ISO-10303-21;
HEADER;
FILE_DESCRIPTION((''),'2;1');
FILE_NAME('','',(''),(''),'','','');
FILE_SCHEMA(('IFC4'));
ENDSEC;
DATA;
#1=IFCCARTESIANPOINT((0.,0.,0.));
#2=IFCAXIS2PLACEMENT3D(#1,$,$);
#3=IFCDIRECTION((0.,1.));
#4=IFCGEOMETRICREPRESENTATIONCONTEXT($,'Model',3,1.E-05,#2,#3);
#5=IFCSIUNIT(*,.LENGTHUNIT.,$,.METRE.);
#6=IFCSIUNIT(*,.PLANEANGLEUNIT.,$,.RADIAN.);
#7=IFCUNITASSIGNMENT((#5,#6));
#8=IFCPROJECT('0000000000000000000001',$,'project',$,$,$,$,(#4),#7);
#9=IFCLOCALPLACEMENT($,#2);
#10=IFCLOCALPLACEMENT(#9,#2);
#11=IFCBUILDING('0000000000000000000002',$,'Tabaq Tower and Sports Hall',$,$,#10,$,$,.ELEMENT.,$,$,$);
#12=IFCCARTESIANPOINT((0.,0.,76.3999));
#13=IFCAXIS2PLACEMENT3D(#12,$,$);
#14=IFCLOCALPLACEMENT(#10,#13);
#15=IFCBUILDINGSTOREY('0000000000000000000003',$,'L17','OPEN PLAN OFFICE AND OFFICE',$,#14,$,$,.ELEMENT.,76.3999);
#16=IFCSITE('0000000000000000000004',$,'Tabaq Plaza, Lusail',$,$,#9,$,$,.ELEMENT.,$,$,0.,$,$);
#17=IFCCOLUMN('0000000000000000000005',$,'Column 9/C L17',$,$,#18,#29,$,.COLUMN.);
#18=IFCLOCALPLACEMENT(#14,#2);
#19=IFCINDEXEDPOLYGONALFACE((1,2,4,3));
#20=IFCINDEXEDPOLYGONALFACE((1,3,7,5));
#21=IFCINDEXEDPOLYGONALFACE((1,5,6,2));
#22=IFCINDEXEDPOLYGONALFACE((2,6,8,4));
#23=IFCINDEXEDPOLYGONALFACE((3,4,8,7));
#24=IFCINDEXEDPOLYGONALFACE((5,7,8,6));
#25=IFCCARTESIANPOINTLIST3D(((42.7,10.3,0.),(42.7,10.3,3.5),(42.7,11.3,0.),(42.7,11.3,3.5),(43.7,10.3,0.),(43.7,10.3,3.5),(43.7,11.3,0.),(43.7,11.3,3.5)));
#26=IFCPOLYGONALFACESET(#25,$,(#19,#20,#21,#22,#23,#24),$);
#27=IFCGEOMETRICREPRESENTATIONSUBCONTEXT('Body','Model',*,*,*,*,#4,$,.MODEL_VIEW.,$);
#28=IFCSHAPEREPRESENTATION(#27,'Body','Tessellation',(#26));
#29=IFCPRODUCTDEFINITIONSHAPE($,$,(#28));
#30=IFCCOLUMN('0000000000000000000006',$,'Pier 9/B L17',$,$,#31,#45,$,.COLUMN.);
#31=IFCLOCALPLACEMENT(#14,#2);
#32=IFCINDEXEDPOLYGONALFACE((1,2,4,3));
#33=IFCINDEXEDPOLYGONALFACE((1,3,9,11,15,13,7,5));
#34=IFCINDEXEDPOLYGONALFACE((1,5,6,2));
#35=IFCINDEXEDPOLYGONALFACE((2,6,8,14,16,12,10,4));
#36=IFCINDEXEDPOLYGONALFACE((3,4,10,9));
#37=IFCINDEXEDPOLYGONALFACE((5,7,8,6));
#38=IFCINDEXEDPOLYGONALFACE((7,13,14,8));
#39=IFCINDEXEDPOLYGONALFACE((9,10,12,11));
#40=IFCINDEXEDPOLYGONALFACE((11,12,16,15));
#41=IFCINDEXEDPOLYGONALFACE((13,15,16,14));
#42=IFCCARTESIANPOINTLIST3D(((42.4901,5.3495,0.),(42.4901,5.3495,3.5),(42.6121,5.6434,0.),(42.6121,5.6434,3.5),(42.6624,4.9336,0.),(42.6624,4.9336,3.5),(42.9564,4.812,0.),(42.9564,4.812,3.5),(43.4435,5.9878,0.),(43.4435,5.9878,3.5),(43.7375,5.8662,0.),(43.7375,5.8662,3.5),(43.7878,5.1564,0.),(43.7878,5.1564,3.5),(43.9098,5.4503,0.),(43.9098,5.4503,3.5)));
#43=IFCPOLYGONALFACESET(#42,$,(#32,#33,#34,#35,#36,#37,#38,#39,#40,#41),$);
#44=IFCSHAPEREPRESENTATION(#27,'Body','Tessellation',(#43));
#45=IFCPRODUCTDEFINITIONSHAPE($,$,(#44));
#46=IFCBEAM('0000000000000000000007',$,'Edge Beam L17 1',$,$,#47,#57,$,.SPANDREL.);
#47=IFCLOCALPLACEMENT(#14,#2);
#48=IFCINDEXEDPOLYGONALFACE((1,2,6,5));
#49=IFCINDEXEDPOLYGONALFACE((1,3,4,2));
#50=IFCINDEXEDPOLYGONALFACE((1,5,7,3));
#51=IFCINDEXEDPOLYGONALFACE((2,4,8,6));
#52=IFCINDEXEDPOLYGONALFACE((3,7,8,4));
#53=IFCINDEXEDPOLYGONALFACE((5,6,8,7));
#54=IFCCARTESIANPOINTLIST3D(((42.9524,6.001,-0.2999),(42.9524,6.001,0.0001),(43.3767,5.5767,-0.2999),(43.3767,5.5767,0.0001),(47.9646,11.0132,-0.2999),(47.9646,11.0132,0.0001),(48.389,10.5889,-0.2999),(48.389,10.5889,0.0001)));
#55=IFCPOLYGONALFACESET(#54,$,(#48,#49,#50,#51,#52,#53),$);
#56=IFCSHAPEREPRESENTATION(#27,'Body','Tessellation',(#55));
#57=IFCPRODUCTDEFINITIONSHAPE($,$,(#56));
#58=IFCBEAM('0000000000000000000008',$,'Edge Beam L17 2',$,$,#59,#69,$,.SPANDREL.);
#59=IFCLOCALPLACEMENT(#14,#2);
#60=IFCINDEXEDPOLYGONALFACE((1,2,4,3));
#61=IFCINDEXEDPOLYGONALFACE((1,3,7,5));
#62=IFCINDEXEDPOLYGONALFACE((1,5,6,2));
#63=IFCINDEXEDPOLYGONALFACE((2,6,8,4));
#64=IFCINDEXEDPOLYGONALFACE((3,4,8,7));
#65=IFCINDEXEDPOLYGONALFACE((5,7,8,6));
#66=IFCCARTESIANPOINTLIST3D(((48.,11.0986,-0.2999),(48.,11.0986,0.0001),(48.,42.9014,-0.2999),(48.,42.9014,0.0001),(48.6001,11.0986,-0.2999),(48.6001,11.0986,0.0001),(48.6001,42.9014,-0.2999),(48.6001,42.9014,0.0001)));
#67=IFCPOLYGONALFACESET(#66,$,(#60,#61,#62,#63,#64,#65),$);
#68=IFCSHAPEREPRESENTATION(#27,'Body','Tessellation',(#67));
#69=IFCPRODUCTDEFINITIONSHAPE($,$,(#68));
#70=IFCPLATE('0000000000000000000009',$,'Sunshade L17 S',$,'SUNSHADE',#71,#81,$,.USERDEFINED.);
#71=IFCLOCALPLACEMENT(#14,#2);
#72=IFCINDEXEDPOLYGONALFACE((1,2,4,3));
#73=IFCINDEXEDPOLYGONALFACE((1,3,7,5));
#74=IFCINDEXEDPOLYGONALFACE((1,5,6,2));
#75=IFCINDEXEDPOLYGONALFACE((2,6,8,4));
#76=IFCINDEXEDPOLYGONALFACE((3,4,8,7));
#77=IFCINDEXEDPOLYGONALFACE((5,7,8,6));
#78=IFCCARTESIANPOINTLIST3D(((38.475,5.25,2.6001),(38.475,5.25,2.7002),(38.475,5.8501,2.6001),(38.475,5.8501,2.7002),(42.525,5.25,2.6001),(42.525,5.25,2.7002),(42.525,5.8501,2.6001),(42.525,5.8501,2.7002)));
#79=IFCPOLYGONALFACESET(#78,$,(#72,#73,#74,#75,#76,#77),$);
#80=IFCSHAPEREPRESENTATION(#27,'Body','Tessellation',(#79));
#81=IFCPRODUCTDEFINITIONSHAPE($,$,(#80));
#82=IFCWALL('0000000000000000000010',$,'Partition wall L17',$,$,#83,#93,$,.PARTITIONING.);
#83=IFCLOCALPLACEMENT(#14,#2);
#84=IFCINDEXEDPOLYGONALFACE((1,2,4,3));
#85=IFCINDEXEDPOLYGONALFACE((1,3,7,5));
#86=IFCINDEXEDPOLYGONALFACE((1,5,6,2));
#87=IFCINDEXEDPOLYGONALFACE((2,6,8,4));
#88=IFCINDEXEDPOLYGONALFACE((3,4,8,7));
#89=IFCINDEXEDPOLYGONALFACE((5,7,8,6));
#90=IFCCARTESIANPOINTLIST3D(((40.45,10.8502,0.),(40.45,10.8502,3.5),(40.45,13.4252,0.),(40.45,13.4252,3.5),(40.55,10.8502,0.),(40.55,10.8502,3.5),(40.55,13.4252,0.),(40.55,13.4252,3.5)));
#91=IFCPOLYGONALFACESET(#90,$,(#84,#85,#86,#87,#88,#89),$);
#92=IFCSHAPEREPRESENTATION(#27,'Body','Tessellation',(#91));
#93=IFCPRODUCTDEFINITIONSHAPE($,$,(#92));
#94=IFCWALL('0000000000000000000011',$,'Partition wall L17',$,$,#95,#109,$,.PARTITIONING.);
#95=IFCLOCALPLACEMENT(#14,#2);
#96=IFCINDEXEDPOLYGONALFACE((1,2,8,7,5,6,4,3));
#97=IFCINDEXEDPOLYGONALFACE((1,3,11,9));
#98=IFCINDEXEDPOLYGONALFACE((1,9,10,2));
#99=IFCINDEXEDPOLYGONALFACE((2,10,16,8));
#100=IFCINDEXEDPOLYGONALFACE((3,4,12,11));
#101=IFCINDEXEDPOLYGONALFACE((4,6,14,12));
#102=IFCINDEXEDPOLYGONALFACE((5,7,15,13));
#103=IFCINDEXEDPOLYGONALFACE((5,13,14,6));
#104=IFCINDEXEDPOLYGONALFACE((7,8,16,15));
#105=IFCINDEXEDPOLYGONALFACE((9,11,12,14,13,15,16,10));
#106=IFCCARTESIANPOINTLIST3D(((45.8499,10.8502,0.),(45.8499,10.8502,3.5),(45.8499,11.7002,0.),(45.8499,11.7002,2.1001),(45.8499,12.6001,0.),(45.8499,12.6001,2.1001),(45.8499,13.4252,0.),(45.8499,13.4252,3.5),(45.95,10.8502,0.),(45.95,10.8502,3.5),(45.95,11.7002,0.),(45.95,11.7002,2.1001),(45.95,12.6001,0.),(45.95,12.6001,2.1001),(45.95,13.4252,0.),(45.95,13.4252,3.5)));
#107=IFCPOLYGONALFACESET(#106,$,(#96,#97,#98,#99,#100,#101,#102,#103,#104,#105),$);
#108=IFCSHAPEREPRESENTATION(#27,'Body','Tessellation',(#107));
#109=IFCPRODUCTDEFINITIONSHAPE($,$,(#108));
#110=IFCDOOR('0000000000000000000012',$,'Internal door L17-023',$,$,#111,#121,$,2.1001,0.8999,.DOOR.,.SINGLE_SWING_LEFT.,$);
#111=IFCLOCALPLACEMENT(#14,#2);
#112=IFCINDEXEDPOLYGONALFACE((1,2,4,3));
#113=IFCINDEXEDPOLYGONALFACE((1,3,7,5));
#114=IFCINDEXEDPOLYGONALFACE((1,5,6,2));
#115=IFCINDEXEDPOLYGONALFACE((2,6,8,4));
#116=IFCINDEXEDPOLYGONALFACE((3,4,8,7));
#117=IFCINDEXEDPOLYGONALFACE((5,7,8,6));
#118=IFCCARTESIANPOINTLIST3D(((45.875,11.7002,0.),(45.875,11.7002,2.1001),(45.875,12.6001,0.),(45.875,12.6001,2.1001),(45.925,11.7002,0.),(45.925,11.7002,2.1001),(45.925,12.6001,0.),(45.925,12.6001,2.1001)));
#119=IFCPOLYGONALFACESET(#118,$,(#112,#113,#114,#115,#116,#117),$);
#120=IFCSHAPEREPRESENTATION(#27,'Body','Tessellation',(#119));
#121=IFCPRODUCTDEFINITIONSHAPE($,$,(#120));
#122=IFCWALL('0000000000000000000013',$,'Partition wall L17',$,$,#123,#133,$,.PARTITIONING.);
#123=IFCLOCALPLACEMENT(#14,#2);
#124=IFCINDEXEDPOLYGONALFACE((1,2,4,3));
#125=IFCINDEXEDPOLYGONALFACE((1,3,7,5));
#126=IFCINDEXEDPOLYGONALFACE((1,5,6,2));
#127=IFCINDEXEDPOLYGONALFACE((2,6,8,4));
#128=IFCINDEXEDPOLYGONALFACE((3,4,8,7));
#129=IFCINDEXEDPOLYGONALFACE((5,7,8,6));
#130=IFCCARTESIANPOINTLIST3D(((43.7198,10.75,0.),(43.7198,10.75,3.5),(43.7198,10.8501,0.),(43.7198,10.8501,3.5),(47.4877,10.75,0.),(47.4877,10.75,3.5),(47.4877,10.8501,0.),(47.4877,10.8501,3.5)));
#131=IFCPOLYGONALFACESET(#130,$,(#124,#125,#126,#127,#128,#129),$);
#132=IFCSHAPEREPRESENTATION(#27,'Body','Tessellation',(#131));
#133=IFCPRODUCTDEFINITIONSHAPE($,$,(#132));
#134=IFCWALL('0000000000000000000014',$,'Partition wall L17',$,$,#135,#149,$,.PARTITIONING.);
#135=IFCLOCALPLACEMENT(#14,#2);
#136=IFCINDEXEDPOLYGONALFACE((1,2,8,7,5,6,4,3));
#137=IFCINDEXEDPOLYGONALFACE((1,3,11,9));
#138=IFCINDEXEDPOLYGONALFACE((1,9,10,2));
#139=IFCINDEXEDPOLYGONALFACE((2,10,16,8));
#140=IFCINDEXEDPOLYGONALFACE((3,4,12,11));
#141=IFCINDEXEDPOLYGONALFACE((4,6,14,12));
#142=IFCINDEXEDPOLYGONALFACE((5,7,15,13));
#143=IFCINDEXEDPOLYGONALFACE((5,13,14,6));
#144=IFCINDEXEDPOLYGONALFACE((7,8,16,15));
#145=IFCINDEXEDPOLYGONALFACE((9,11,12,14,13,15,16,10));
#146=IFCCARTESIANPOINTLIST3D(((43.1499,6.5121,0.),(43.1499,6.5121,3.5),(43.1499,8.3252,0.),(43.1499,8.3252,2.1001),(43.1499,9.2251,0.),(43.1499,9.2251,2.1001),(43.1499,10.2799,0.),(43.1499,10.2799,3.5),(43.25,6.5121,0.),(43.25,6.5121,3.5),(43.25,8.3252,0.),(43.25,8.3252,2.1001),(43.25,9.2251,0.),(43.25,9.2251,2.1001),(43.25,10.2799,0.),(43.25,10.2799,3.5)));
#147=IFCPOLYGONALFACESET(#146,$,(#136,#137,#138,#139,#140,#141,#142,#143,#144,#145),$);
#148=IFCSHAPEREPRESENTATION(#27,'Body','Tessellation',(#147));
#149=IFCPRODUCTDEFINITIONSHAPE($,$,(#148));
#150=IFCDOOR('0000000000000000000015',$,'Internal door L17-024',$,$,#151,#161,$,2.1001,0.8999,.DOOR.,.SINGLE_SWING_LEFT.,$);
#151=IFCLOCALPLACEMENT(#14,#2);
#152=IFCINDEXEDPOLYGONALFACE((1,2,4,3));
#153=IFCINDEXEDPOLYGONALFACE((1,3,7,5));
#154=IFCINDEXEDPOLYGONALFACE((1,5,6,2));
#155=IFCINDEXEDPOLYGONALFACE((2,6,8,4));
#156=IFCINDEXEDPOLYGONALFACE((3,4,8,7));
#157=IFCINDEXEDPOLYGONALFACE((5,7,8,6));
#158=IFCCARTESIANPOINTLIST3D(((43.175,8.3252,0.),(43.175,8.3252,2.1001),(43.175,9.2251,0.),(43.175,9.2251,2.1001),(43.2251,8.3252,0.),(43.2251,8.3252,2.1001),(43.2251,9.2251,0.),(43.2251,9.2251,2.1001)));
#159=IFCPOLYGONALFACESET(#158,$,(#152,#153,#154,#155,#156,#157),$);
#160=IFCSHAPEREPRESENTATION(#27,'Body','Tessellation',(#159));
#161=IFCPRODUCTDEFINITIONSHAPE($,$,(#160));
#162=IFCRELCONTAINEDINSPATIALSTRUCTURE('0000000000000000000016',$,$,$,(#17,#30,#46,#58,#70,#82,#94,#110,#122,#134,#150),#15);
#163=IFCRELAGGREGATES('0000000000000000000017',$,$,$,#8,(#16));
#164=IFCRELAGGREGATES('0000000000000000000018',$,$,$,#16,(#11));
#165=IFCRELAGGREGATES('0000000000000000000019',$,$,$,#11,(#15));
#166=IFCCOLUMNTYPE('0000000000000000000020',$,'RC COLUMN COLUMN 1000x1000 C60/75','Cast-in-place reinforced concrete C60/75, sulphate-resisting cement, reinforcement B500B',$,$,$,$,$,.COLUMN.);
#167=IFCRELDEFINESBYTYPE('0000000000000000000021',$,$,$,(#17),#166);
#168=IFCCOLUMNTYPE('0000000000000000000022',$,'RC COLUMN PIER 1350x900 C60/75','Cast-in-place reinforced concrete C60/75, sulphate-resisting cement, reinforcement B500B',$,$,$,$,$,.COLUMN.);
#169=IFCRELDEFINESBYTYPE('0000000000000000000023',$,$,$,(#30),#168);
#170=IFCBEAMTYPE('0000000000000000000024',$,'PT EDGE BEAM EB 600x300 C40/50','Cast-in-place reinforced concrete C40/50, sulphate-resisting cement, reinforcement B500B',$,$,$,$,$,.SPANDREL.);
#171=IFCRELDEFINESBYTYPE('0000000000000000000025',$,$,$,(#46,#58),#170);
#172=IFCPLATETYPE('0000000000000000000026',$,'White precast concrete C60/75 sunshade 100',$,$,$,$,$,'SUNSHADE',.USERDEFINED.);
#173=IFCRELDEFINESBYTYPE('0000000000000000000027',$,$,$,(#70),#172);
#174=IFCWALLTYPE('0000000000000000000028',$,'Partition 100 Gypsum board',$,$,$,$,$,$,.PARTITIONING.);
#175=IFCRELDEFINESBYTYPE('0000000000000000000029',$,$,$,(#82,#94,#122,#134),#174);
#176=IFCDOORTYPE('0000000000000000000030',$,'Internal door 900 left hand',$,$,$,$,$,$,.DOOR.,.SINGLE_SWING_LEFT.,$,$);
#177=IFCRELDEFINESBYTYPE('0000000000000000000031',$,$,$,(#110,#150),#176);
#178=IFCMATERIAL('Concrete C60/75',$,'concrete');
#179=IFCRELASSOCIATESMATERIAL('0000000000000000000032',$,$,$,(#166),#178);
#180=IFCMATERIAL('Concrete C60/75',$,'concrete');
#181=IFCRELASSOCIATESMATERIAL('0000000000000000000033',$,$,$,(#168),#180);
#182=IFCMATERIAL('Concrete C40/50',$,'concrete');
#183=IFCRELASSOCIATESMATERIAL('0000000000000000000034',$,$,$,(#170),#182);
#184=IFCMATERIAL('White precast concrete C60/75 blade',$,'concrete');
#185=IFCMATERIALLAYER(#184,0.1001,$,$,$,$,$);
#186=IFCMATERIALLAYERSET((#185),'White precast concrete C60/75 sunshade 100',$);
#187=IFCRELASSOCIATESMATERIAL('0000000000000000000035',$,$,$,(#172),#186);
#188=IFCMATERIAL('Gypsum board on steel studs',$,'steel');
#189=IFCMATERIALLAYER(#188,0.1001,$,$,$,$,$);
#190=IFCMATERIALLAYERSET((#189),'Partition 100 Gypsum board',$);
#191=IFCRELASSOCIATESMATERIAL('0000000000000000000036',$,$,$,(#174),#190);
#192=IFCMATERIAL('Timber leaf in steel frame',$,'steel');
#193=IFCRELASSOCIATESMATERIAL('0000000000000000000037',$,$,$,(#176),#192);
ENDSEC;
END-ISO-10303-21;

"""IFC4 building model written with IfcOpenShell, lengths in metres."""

from ifc_helpers import new_model, si_unit, direction, frame, frame_2d, origin, origin_2d, place, context, subcontext, project, spatial, polyline, rectangle, outline, extrude, material, layer, layer_set, material_profile, profile_set, type_object, element, fill, save


model = new_model("IFC4")

# Units and contexts
model_context = context("Model", 3, precision=1e-05, world=origin(), true_north=direction((0.0, 1.0)))
body_context = subcontext(model_context, "Body", "Model", "MODEL_VIEW")
ifc_project = project(units=[si_unit("LENGTHUNIT", "METRE"), si_unit("PLANEANGLEUNIT", "RADIAN")], contexts=[model_context])

# Site, building, storey
site_placement = place(None, origin())
site = spatial("IfcSite", under=ifc_project, at=site_placement, Name="Tabaq Plaza, Lusail", CompositionType="ELEMENT", RefElevation=0.0)
building_placement = place(site_placement, origin())
building = spatial("IfcBuilding", under=site, at=building_placement, Name="Tabaq Tower and Sports Hall", CompositionType="ELEMENT")
storey_placement = place(building_placement, frame((0.0, 0.0, 76.3999)))
storey = spatial("IfcBuildingStorey", under=building, at=storey_placement, Name="L17", Description="OPEN PLAN OFFICE AND OFFICE", CompositionType="ELEMENT", Elevation=76.3999)

# Columns
ifc_material_1 = material(Name="Concrete C60/75", Category="concrete")
ifc_material_profile_1 = material_profile(ifc_material_1, rectangle(XDim=1.0, YDim=1.0, at=origin_2d()), Name="COLUMN 1000x1000")
ifc_profile_set_1 = profile_set([ifc_material_profile_1], Name="Concrete C60/75")
column_type_1 = type_object("IfcColumnType", Name="RC COLUMN COLUMN 1000x1000 C60/75", Description="Cast-in-place reinforced concrete C60/75, sulphate-resisting cement, reinforcement B500B", PredefinedType="COLUMN", material=ifc_profile_set_1)
column_1_placement = place(storey_placement, frame((43.2, 10.8, 0.0), z_axis=(0.0, 0.0, 1.0), x_axis=(1.0, 0.0, 0.0)))
element("IfcColumn", 1, at=column_1_placement, inside=storey, type_object=column_type_1, Name="Column 9/C L17", PredefinedType="COLUMN", context=body_context, shape_type="SweptSolid", body=[
    extrude(rectangle(XDim=1.0, YDim=1.0, at=origin_2d()), origin(), (0.0, 0.0, 1.0), 3.5),
])
ifc_material_2 = material(Name="Concrete C60/75", Category="concrete")
ifc_material_profile_2 = material_profile(ifc_material_2, outline(polyline([(-0.45, -0.45), (0.45, -0.45), (0.675, -0.2251), (0.675, 0.2251), (0.45, 0.45), (-0.45, 0.45), (-0.675, 0.2251), (-0.675, -0.2251), (-0.45, -0.45)])), Name="PIER 1350x900")
ifc_profile_set_2 = profile_set([ifc_material_profile_2], Name="Concrete C60/75")
column_type_2 = type_object("IfcColumnType", Name="RC COLUMN PIER 1350x900 C60/75", Description="Cast-in-place reinforced concrete C60/75, sulphate-resisting cement, reinforcement B500B", PredefinedType="COLUMN", material=ifc_profile_set_2)
column_2_placement = place(storey_placement, frame((43.2, 5.3999, 0.0), z_axis=(0.0, 0.0, 1.0), x_axis=(0.92388, 0.382683, 0.0)))
element("IfcColumn", 2, at=column_2_placement, inside=storey, type_object=column_type_2, Name="Pier 9/B L17", PredefinedType="COLUMN", context=body_context, shape_type="SweptSolid", body=[
    extrude(outline(polyline([(-0.45, -0.45), (0.45, -0.45), (0.675, -0.2251), (0.675, 0.2251), (0.45, 0.45), (-0.45, 0.45), (-0.675, 0.2251), (-0.675, -0.2251), (-0.45, -0.45)])), origin(), (0.0, 0.0, 1.0), 3.5),
])

# Beams
ifc_material_3 = material(Name="Concrete C40/50", Category="concrete")
ifc_material_profile_3 = material_profile(ifc_material_3, rectangle(XDim=0.6001, YDim=0.3, at=origin_2d()), Name="EB 600x300")
ifc_profile_set_3 = profile_set([ifc_material_profile_3], Name="Concrete C40/50")
beam_type = type_object("IfcBeamType", Name="PT EDGE BEAM EB 600x300 C40/50", Description="Cast-in-place reinforced concrete C40/50, sulphate-resisting cement, reinforcement B500B", PredefinedType="SPANDREL", material=ifc_profile_set_3)
beam_1_placement = place(storey_placement, frame((43.1646, 5.7888, -0.1499), z_axis=(0.707107, 0.707107, 0.0), x_axis=(-0.707107, 0.707107, 0.0)))
element("IfcBeam", 3, at=beam_1_placement, inside=storey, type_object=beam_type, Name="Edge Beam L17 1", PredefinedType="SPANDREL", context=body_context, shape_type="SweptSolid", body=[
    extrude(rectangle(XDim=0.6001, YDim=0.3, at=origin_2d()), origin(), (0.0, 0.0, 1.0), 7.0884),
])
beam_2_placement = place(storey_placement, frame((48.3, 11.0986, -0.1499), z_axis=(0.0, 1.0, 0.0), x_axis=(-1.0, 0.0, 0.0)))
element("IfcBeam", 4, at=beam_2_placement, inside=storey, type_object=beam_type, Name="Edge Beam L17 2", PredefinedType="SPANDREL", context=body_context, shape_type="SweptSolid", body=[
    extrude(rectangle(XDim=0.6001, YDim=0.3, at=origin_2d()), origin(), (0.0, 0.0, 1.0), 31.8027),
])

# Plate
ifc_material_4 = material(Name="White precast concrete C60/75 blade", Category="concrete")
ifc_layer_1 = layer(ifc_material_4, 0.1001)
ifc_layer_set_1 = layer_set([ifc_layer_1], Name="White precast concrete C60/75 sunshade 100")
plate_type = type_object("IfcPlateType", Name="White precast concrete C60/75 sunshade 100", ElementType="SUNSHADE", PredefinedType="USERDEFINED", material=ifc_layer_set_1)
plate_placement = place(storey_placement, frame((40.5, 5.55, 2.6001), z_axis=(0.0, 0.0, 1.0), x_axis=(1.0, 0.0, 0.0)))
element("IfcPlate", 5, at=plate_placement, inside=storey, type_object=plate_type, Name="Sunshade L17 S", ObjectType="SUNSHADE", PredefinedType="USERDEFINED", context=body_context, shape_type="SweptSolid", body=[
    extrude(rectangle(XDim=4.05, YDim=0.6001, at=origin_2d()), origin(), (0.0, 0.0, 1.0), 0.1001),
])

# Wall
ifc_material_5 = material(Name="Gypsum board on steel studs", Category="steel")
ifc_layer_2 = layer(ifc_material_5, 0.1001)
ifc_layer_set_2 = layer_set([ifc_layer_2], Name="Partition 100 Gypsum board")
wall_type_1 = type_object("IfcWallType", Name="Partition 100 Gypsum board", PredefinedType="PARTITIONING", material=ifc_layer_set_2)
wall_1_placement = place(storey_placement, frame((40.5, 10.8501, 0.0), z_axis=(0.0, 0.0, 1.0), x_axis=(0.0, 1.0, 0.0)))
element("IfcWall", 6, at=wall_1_placement, inside=storey, type_object=wall_type_1, Name="Partition wall L17", PredefinedType="PARTITIONING", context=body_context, shape_type="SweptSolid", body=[
    extrude(rectangle(XDim=2.575, YDim=0.1001, at=frame_2d((1.2876, 0.0))), origin(), (0.0, 0.0, 1.0), 3.5),
])

# Wall, opening, door
wall_2_placement = place(storey_placement, frame((45.8999, 10.8501, 0.0), z_axis=(0.0, 0.0, 1.0), x_axis=(0.0, 1.0, 0.0)))
wall_2 = element("IfcWall", 7, at=wall_2_placement, inside=storey, type_object=wall_type_1, Name="Partition wall L17", PredefinedType="PARTITIONING", context=body_context, shape_type="SweptSolid", body=[
    extrude(rectangle(XDim=2.575, YDim=0.1001, at=frame_2d((1.2876, 0.0))), origin(), (0.0, 0.0, 1.0), 3.5),
])
opening_1_placement = place(wall_2_placement, frame((0.8501, 0.0, 0.0)))
opening_1 = element("IfcOpeningElement", 8, at=opening_1_placement, cuts=wall_2, PredefinedType="OPENING", context=body_context, shape_type="SweptSolid", body=[
    extrude(rectangle(XDim=0.8999, YDim=2.1001, at=frame_2d((0.45, 1.05))), frame((0.0, 0.05, 0.0), z_axis=(0.0, -1.0, 0.0), x_axis=(1.0, 0.0, 0.0)), (0.0, 0.0, 1.0), 0.1001),
])
ifc_material_6 = material(Name="Timber leaf in steel frame", Category="steel")
door_type = type_object("IfcDoorType", Name="Internal door 900 left hand", OperationType="SINGLE_SWING_LEFT", PredefinedType="DOOR", material=ifc_material_6)
door_1_placement = place(opening_1_placement, origin())
door_1 = element("IfcDoor", 9, at=door_1_placement, inside=storey, type_object=door_type, Name="Internal door L17-023", OperationType="SINGLE_SWING_LEFT", OverallHeight=2.1001, OverallWidth=0.8999, PredefinedType="DOOR", context=body_context, shape_type="SweptSolid", body=[
    extrude(rectangle(XDim=0.8999, YDim=2.1001, at=frame_2d((0.45, 1.05))), frame((0.0, 0.0249, 0.0), z_axis=(0.0, -1.0, 0.0), x_axis=(1.0, 0.0, 0.0)), (0.0, 0.0, 1.0), 0.05),
])
fill(opening_1, door_1)

# Wall
wall_3_placement = place(storey_placement, frame((43.72, 10.8, 0.0), z_axis=(0.0, 0.0, 1.0), x_axis=(1.0, 0.0, 0.0)))
element("IfcWall", 10, at=wall_3_placement, inside=storey, type_object=wall_type_1, Name="Partition wall L17", PredefinedType="PARTITIONING", context=body_context, shape_type="SweptSolid", body=[
    extrude(rectangle(XDim=3.7678, YDim=0.1001, at=frame_2d((1.8838, 0.0))), origin(), (0.0, 0.0, 1.0), 3.5),
])

# Wall, opening, door
wall_4_placement = place(storey_placement, frame((43.2, 6.5122, 0.0), z_axis=(0.0, 0.0, 1.0), x_axis=(0.0, 1.0, 0.0)))
wall_4 = element("IfcWall", 11, at=wall_4_placement, inside=storey, type_object=wall_type_1, Name="Partition wall L17", PredefinedType="PARTITIONING", context=body_context, shape_type="SweptSolid", body=[
    extrude(rectangle(XDim=3.7678, YDim=0.1001, at=frame_2d((1.8838, 0.0))), origin(), (0.0, 0.0, 1.0), 3.5),
])
opening_2_placement = place(wall_4_placement, frame((1.813, 0.0, 0.0)))
opening_2 = element("IfcOpeningElement", 12, at=opening_2_placement, cuts=wall_4, PredefinedType="OPENING", context=body_context, shape_type="SweptSolid", body=[
    extrude(rectangle(XDim=0.8999, YDim=2.1001, at=frame_2d((0.45, 1.05))), frame((0.0, 0.05, 0.0), z_axis=(0.0, -1.0, 0.0), x_axis=(1.0, 0.0, 0.0)), (0.0, 0.0, 1.0), 0.1001),
])
door_2_placement = place(opening_2_placement, origin())
door_2 = element("IfcDoor", 13, at=door_2_placement, inside=storey, type_object=door_type, Name="Internal door L17-024", OperationType="SINGLE_SWING_LEFT", OverallHeight=2.1001, OverallWidth=0.8999, PredefinedType="DOOR", context=body_context, shape_type="SweptSolid", body=[
    extrude(rectangle(XDim=0.8999, YDim=2.1001, at=frame_2d((0.45, 1.05))), frame((0.0, 0.0249, 0.0), z_axis=(0.0, -1.0, 0.0), x_axis=(1.0, 0.0, 0.0)), (0.0, 0.0, 1.0), 0.05),
])
fill(opening_2, door_2)

save(model, "model.ifc")
